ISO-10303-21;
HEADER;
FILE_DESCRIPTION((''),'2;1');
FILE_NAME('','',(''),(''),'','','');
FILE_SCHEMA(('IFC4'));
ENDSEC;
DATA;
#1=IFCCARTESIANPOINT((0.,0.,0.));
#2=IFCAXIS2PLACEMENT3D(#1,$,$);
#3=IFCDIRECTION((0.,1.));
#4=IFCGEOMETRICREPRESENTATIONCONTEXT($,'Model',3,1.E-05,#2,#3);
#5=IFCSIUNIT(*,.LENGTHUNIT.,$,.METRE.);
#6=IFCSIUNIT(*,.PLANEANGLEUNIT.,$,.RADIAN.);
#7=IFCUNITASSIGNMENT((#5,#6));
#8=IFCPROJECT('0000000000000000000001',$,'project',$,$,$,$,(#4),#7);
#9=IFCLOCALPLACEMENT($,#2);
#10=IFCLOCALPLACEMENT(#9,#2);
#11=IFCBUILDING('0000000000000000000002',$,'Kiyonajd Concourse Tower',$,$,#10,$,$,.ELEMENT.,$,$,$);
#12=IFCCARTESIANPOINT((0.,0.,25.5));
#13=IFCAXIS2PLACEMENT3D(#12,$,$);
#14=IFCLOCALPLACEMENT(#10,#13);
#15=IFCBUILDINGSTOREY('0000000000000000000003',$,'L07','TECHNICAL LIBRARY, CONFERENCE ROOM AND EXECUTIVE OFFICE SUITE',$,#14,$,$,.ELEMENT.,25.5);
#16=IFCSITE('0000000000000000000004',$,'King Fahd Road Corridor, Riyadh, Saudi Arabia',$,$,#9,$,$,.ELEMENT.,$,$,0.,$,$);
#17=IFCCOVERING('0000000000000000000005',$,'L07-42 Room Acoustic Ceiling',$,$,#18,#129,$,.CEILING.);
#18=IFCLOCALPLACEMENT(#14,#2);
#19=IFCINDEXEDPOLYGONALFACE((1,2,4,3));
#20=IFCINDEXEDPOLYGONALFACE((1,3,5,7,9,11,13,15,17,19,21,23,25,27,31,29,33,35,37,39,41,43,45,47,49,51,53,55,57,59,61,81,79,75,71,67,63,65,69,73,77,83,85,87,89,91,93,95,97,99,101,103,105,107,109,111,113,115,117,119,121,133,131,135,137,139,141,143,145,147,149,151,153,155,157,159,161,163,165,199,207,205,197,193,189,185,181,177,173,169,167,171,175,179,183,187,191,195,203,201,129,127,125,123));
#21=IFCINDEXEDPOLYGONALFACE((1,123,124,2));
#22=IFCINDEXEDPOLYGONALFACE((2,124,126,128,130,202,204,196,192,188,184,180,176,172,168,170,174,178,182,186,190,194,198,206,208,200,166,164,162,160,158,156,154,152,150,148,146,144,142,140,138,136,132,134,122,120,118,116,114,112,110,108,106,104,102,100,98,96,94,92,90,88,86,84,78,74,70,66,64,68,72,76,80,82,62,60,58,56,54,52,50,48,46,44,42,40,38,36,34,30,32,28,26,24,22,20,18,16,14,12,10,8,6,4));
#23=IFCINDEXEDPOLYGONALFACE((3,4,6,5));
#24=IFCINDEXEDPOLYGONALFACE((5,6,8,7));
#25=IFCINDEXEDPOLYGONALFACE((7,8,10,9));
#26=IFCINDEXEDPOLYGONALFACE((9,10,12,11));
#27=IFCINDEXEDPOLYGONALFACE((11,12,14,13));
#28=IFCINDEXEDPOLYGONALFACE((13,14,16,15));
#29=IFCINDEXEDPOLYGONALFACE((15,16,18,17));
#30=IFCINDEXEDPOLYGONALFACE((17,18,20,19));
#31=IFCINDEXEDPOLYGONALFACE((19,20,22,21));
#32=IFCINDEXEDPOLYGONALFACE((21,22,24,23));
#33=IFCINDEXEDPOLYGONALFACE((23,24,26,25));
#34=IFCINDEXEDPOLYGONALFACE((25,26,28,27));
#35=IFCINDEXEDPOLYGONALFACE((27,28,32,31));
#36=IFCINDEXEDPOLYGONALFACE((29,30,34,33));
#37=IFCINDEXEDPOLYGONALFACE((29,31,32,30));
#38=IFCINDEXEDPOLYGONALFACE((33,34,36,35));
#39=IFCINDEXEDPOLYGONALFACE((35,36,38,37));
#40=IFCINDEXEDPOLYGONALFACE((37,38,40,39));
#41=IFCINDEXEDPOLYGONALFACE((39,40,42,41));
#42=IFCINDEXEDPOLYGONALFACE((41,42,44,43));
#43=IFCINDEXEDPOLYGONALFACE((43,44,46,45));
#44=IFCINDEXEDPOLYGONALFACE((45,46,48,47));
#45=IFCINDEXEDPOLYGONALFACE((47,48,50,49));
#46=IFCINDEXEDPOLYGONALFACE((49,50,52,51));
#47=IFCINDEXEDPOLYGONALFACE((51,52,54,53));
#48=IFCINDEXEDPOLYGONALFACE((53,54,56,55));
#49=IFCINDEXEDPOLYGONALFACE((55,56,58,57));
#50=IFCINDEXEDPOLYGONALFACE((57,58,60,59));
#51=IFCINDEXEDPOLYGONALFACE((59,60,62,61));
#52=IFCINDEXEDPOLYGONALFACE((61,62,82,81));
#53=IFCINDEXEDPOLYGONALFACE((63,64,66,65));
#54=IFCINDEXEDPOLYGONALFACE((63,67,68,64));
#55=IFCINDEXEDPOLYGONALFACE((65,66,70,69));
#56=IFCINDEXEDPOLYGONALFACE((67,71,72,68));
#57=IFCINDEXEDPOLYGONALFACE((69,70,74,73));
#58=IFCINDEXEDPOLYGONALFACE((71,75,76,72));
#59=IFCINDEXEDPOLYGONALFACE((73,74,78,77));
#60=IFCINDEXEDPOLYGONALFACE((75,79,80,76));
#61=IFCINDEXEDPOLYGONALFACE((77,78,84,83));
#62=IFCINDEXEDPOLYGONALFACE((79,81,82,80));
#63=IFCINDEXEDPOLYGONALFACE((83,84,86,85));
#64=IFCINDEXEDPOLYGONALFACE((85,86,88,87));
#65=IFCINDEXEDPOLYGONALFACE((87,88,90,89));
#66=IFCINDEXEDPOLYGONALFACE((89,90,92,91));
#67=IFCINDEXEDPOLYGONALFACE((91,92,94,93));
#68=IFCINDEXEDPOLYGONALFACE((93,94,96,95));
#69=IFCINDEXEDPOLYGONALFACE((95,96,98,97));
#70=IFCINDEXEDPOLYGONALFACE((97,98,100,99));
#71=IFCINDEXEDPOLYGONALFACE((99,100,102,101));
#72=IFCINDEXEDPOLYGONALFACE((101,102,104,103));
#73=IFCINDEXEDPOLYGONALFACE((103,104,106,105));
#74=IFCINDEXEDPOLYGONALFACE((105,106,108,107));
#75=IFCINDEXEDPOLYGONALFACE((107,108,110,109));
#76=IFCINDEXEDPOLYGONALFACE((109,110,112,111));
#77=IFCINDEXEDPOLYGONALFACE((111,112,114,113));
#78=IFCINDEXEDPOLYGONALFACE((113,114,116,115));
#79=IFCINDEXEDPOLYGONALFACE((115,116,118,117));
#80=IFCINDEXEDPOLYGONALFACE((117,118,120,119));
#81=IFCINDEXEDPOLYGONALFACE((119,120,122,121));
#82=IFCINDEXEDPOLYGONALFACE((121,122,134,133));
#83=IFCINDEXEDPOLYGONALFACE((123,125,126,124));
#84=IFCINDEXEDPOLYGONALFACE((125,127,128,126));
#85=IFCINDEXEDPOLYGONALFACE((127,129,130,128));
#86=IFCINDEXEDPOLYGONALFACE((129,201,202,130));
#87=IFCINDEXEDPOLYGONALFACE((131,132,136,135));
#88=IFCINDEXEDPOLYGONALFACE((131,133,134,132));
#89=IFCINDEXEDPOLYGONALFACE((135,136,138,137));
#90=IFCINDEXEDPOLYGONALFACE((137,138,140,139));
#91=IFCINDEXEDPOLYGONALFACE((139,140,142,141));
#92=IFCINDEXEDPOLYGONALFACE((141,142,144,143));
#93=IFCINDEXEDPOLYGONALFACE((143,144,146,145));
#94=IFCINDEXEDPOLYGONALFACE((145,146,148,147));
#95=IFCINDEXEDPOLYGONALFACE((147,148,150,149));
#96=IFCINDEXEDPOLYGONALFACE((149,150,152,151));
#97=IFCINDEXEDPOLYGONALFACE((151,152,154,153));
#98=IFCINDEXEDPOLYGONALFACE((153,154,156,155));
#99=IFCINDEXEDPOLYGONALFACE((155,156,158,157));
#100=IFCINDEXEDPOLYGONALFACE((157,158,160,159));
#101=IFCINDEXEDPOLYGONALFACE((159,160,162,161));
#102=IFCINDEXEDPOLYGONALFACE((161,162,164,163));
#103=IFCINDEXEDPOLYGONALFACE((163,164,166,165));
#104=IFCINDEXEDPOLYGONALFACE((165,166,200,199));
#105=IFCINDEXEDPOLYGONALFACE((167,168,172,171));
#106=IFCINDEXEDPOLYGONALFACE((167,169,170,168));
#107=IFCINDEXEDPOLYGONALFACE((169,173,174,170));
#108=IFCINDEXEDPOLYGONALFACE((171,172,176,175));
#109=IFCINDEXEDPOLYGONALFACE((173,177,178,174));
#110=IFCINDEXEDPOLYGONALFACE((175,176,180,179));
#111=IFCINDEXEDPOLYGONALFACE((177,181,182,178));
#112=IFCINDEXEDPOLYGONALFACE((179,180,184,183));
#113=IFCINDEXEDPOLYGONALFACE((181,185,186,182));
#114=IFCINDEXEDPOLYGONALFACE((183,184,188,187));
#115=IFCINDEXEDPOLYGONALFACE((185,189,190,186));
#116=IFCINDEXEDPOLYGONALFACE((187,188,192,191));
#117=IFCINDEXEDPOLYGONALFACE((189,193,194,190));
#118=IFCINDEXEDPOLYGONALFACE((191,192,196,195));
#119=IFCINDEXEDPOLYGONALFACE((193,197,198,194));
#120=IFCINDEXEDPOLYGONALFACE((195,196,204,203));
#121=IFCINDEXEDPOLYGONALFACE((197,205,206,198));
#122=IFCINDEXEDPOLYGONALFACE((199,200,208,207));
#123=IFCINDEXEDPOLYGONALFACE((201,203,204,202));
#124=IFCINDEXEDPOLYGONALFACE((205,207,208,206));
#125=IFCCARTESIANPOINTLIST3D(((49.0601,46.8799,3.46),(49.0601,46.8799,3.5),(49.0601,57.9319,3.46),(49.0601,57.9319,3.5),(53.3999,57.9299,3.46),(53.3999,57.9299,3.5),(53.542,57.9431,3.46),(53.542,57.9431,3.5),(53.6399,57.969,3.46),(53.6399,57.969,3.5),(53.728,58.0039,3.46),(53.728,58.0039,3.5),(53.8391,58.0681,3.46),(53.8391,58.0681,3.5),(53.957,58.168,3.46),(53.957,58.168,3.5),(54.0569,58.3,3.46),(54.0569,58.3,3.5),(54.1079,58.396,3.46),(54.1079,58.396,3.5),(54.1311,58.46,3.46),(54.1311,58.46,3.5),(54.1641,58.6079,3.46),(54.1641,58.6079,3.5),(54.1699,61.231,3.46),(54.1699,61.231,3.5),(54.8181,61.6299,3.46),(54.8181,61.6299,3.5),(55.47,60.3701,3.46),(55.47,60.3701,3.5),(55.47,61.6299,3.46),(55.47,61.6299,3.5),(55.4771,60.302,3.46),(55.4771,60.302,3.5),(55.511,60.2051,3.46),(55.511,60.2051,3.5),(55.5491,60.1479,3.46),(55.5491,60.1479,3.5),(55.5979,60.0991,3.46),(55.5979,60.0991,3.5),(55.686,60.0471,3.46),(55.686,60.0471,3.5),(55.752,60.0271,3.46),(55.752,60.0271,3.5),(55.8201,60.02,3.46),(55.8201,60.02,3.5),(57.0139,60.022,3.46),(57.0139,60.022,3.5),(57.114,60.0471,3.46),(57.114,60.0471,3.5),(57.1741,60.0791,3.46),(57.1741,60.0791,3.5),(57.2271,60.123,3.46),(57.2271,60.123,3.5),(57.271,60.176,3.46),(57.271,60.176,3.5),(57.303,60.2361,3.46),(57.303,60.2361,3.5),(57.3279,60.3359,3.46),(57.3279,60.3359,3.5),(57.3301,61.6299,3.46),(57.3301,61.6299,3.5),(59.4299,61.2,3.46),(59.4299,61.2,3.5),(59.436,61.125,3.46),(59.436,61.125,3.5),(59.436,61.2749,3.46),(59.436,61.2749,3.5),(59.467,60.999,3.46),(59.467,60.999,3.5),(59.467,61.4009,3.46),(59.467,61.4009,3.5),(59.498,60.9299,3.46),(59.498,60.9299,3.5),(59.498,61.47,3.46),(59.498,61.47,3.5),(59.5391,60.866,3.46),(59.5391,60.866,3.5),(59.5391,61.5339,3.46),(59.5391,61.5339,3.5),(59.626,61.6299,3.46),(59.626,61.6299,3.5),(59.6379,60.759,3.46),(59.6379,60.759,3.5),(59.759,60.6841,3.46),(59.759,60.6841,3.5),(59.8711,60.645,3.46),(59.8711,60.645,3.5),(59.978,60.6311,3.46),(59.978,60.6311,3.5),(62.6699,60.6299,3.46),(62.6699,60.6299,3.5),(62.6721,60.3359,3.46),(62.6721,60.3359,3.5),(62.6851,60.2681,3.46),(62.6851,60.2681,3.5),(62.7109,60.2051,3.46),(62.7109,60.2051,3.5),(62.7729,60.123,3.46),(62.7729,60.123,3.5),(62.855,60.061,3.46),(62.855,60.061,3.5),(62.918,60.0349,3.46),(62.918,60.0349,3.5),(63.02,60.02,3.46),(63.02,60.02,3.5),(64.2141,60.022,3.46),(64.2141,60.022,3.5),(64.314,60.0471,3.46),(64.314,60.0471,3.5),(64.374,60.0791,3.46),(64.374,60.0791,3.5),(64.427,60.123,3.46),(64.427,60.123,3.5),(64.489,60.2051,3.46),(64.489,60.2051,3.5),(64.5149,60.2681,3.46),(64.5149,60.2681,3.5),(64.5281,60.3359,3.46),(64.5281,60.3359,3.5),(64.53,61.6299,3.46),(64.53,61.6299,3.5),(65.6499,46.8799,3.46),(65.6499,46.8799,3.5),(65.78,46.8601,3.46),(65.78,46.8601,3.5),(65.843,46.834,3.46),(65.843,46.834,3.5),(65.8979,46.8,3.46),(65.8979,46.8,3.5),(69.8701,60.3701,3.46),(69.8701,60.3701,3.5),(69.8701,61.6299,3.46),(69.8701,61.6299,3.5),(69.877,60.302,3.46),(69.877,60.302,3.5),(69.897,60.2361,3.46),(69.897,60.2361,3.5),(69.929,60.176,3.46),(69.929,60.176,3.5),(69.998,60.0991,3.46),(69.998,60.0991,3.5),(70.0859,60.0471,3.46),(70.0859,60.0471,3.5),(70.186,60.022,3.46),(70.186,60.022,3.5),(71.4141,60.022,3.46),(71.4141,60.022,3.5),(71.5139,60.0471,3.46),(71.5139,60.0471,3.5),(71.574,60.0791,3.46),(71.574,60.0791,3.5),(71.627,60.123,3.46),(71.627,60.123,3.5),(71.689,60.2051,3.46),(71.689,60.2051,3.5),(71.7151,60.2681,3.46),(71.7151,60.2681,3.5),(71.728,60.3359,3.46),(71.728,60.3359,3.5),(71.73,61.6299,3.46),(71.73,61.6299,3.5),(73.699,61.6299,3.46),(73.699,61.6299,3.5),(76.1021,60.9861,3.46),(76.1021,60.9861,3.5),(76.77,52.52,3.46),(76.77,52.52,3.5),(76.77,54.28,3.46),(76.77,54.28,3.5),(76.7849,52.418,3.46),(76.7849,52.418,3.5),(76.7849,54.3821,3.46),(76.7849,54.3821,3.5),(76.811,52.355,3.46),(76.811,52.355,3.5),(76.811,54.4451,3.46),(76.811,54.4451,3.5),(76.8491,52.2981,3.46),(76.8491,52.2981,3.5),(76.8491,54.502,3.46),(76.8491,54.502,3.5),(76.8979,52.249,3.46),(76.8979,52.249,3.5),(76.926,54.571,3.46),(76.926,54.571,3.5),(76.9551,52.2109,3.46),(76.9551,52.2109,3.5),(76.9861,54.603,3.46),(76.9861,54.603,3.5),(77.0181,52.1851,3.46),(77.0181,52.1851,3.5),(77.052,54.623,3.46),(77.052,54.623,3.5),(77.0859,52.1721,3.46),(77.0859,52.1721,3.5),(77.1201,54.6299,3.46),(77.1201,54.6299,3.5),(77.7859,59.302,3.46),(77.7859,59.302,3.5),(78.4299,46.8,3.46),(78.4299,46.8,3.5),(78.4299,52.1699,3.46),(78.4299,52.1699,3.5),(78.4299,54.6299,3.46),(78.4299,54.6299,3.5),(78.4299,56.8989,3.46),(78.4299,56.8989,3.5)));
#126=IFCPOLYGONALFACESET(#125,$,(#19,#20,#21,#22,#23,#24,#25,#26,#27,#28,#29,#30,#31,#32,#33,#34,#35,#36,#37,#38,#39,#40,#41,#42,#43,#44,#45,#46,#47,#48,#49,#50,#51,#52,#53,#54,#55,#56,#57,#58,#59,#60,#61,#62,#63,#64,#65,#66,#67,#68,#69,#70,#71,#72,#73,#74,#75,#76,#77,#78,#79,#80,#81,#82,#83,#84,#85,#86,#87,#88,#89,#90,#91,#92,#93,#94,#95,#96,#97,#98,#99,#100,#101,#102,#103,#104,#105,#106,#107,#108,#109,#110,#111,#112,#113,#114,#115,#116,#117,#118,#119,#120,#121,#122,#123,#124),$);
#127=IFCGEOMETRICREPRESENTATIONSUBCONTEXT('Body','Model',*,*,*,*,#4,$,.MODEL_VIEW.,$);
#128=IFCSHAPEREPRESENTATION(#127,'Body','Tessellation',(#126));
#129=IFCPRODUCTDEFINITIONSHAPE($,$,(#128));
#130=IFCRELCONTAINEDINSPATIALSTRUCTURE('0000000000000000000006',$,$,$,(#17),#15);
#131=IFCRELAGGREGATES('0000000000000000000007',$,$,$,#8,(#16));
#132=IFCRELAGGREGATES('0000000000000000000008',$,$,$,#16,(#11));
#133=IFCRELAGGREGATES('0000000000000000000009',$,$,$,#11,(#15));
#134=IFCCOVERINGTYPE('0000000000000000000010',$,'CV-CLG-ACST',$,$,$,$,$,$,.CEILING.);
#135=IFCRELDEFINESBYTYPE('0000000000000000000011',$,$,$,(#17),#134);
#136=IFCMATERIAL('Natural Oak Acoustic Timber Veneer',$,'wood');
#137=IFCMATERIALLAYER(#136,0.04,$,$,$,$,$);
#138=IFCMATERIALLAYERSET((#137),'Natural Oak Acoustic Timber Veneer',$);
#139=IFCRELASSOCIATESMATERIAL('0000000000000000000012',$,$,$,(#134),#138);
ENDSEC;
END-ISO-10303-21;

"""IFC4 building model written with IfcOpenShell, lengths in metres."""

from ifc_helpers import new_model, si_unit, direction, frame, origin, place, context, subcontext, project, spatial, polyline, outline, extrude, material, layer, layer_set, type_object, element, save


model = new_model("IFC4")

# Units and contexts
model_context = context("Model", 3, precision=1e-05, world=origin(), true_north=direction((0.0, 1.0)))
body_context = subcontext(model_context, "Body", "Model", "MODEL_VIEW")
ifc_project = project(units=[si_unit("LENGTHUNIT", "METRE"), si_unit("PLANEANGLEUNIT", "RADIAN")], contexts=[model_context])

# Site, building, storey
site_placement = place(None, origin())
site = spatial("IfcSite", under=ifc_project, at=site_placement, Name="King Fahd Road Corridor, Riyadh, Saudi Arabia", CompositionType="ELEMENT", RefElevation=0.0)
building_placement = place(site_placement, origin())
building = spatial("IfcBuilding", under=site, at=building_placement, Name="Kiyonajd Concourse Tower", CompositionType="ELEMENT")
storey_placement = place(building_placement, frame((0.0, 0.0, 25.5)))
storey = spatial("IfcBuildingStorey", under=building, at=storey_placement, Name="L07", Description="TECHNICAL LIBRARY, CONFERENCE ROOM AND EXECUTIVE OFFICE SUITE", CompositionType="ELEMENT", Elevation=25.5)

# Shared definitions
ifc_material_1 = material(Name="Natural Oak Acoustic Timber Veneer", Category="wood")

# Covering
ifc_layer_1 = layer(ifc_material_1, 0.04)
ifc_layer_set_1 = layer_set([ifc_layer_1], Name="Natural Oak Acoustic Timber Veneer")
covering_type = type_object("IfcCoveringType", Name="CV-CLG-ACST", PredefinedType="CEILING", material=ifc_layer_set_1)
covering_1_placement = place(storey_placement, frame((0.0, 0.0, 3.46)))
element("IfcCovering", 1, at=covering_1_placement, inside=storey, type_object=covering_type, Name="L07-42 Room Acoustic Ceiling", PredefinedType="CEILING", context=body_context, shape_type="SweptSolid", body=[
    extrude(outline(polyline([(49.0601, 57.9319), (53.3999, 57.9299), (53.542, 57.9431), (53.6399, 57.969), (53.728, 58.0039), (53.8391, 58.0681), (53.957, 58.168), (54.0569, 58.3), (54.1079, 58.396), (54.1311, 58.46), (54.1641, 58.6079), (54.1699, 61.231), (54.8181, 61.6299), (55.47, 61.6299), (55.47, 60.3701), (55.4771, 60.302), (55.511, 60.2051), (55.5491, 60.1479), (55.5979, 60.0991), (55.686, 60.0471), (55.752, 60.0271), (55.8201, 60.02), (57.0139, 60.022), (57.114, 60.0471), (57.1741, 60.0791), (57.2271, 60.123), (57.271, 60.176), (57.303, 60.2361), (57.3279, 60.3359), (57.3301, 61.6299), (59.626, 61.6299), (59.5391, 61.5339), (59.498, 61.47), (59.467, 61.4009), (59.436, 61.2749), (59.4299, 61.2), (59.436, 61.125), (59.467, 60.999), (59.498, 60.9299), (59.5391, 60.866), (59.6379, 60.759), (59.759, 60.6841), (59.8711, 60.645), (59.978, 60.6311), (62.6699, 60.6299), (62.6721, 60.3359), (62.6851, 60.2681), (62.7109, 60.2051), (62.7729, 60.123), (62.855, 60.061), (62.918, 60.0349), (63.02, 60.02), (64.2141, 60.022), (64.314, 60.0471), (64.374, 60.0791), (64.427, 60.123), (64.489, 60.2051), (64.5149, 60.2681), (64.5281, 60.3359), (64.53, 61.6299), (69.8701, 61.6299), (69.8701, 60.3701), (69.877, 60.302), (69.897, 60.2361), (69.929, 60.176), (69.998, 60.0991), (70.0859, 60.0471), (70.186, 60.022), (71.4141, 60.022), (71.5139, 60.0471), (71.574, 60.0791), (71.627, 60.123), (71.689, 60.2051), (71.7151, 60.2681), (71.728, 60.3359), (71.73, 61.6299), (73.699, 61.6299), (76.1021, 60.9861), (77.7859, 59.302), (78.4299, 56.8989), (78.4299, 54.6299), (77.1201, 54.6299), (77.052, 54.623), (76.9861, 54.603), (76.926, 54.571), (76.8491, 54.502), (76.811, 54.4451), (76.7849, 54.3821), (76.77, 54.28), (76.77, 52.52), (76.7849, 52.418), (76.811, 52.355), (76.8491, 52.2981), (76.8979, 52.249), (76.9551, 52.2109), (77.0181, 52.1851), (77.0859, 52.1721), (78.4299, 52.1699), (78.4299, 46.8), (65.8979, 46.8), (65.843, 46.834), (65.78, 46.8601), (65.6499, 46.8799), (49.0601, 46.8799), (49.0601, 57.9319)])), origin(), (0.0, 0.0, 1.0), 0.04),
])

save(model, "model.ifc")
